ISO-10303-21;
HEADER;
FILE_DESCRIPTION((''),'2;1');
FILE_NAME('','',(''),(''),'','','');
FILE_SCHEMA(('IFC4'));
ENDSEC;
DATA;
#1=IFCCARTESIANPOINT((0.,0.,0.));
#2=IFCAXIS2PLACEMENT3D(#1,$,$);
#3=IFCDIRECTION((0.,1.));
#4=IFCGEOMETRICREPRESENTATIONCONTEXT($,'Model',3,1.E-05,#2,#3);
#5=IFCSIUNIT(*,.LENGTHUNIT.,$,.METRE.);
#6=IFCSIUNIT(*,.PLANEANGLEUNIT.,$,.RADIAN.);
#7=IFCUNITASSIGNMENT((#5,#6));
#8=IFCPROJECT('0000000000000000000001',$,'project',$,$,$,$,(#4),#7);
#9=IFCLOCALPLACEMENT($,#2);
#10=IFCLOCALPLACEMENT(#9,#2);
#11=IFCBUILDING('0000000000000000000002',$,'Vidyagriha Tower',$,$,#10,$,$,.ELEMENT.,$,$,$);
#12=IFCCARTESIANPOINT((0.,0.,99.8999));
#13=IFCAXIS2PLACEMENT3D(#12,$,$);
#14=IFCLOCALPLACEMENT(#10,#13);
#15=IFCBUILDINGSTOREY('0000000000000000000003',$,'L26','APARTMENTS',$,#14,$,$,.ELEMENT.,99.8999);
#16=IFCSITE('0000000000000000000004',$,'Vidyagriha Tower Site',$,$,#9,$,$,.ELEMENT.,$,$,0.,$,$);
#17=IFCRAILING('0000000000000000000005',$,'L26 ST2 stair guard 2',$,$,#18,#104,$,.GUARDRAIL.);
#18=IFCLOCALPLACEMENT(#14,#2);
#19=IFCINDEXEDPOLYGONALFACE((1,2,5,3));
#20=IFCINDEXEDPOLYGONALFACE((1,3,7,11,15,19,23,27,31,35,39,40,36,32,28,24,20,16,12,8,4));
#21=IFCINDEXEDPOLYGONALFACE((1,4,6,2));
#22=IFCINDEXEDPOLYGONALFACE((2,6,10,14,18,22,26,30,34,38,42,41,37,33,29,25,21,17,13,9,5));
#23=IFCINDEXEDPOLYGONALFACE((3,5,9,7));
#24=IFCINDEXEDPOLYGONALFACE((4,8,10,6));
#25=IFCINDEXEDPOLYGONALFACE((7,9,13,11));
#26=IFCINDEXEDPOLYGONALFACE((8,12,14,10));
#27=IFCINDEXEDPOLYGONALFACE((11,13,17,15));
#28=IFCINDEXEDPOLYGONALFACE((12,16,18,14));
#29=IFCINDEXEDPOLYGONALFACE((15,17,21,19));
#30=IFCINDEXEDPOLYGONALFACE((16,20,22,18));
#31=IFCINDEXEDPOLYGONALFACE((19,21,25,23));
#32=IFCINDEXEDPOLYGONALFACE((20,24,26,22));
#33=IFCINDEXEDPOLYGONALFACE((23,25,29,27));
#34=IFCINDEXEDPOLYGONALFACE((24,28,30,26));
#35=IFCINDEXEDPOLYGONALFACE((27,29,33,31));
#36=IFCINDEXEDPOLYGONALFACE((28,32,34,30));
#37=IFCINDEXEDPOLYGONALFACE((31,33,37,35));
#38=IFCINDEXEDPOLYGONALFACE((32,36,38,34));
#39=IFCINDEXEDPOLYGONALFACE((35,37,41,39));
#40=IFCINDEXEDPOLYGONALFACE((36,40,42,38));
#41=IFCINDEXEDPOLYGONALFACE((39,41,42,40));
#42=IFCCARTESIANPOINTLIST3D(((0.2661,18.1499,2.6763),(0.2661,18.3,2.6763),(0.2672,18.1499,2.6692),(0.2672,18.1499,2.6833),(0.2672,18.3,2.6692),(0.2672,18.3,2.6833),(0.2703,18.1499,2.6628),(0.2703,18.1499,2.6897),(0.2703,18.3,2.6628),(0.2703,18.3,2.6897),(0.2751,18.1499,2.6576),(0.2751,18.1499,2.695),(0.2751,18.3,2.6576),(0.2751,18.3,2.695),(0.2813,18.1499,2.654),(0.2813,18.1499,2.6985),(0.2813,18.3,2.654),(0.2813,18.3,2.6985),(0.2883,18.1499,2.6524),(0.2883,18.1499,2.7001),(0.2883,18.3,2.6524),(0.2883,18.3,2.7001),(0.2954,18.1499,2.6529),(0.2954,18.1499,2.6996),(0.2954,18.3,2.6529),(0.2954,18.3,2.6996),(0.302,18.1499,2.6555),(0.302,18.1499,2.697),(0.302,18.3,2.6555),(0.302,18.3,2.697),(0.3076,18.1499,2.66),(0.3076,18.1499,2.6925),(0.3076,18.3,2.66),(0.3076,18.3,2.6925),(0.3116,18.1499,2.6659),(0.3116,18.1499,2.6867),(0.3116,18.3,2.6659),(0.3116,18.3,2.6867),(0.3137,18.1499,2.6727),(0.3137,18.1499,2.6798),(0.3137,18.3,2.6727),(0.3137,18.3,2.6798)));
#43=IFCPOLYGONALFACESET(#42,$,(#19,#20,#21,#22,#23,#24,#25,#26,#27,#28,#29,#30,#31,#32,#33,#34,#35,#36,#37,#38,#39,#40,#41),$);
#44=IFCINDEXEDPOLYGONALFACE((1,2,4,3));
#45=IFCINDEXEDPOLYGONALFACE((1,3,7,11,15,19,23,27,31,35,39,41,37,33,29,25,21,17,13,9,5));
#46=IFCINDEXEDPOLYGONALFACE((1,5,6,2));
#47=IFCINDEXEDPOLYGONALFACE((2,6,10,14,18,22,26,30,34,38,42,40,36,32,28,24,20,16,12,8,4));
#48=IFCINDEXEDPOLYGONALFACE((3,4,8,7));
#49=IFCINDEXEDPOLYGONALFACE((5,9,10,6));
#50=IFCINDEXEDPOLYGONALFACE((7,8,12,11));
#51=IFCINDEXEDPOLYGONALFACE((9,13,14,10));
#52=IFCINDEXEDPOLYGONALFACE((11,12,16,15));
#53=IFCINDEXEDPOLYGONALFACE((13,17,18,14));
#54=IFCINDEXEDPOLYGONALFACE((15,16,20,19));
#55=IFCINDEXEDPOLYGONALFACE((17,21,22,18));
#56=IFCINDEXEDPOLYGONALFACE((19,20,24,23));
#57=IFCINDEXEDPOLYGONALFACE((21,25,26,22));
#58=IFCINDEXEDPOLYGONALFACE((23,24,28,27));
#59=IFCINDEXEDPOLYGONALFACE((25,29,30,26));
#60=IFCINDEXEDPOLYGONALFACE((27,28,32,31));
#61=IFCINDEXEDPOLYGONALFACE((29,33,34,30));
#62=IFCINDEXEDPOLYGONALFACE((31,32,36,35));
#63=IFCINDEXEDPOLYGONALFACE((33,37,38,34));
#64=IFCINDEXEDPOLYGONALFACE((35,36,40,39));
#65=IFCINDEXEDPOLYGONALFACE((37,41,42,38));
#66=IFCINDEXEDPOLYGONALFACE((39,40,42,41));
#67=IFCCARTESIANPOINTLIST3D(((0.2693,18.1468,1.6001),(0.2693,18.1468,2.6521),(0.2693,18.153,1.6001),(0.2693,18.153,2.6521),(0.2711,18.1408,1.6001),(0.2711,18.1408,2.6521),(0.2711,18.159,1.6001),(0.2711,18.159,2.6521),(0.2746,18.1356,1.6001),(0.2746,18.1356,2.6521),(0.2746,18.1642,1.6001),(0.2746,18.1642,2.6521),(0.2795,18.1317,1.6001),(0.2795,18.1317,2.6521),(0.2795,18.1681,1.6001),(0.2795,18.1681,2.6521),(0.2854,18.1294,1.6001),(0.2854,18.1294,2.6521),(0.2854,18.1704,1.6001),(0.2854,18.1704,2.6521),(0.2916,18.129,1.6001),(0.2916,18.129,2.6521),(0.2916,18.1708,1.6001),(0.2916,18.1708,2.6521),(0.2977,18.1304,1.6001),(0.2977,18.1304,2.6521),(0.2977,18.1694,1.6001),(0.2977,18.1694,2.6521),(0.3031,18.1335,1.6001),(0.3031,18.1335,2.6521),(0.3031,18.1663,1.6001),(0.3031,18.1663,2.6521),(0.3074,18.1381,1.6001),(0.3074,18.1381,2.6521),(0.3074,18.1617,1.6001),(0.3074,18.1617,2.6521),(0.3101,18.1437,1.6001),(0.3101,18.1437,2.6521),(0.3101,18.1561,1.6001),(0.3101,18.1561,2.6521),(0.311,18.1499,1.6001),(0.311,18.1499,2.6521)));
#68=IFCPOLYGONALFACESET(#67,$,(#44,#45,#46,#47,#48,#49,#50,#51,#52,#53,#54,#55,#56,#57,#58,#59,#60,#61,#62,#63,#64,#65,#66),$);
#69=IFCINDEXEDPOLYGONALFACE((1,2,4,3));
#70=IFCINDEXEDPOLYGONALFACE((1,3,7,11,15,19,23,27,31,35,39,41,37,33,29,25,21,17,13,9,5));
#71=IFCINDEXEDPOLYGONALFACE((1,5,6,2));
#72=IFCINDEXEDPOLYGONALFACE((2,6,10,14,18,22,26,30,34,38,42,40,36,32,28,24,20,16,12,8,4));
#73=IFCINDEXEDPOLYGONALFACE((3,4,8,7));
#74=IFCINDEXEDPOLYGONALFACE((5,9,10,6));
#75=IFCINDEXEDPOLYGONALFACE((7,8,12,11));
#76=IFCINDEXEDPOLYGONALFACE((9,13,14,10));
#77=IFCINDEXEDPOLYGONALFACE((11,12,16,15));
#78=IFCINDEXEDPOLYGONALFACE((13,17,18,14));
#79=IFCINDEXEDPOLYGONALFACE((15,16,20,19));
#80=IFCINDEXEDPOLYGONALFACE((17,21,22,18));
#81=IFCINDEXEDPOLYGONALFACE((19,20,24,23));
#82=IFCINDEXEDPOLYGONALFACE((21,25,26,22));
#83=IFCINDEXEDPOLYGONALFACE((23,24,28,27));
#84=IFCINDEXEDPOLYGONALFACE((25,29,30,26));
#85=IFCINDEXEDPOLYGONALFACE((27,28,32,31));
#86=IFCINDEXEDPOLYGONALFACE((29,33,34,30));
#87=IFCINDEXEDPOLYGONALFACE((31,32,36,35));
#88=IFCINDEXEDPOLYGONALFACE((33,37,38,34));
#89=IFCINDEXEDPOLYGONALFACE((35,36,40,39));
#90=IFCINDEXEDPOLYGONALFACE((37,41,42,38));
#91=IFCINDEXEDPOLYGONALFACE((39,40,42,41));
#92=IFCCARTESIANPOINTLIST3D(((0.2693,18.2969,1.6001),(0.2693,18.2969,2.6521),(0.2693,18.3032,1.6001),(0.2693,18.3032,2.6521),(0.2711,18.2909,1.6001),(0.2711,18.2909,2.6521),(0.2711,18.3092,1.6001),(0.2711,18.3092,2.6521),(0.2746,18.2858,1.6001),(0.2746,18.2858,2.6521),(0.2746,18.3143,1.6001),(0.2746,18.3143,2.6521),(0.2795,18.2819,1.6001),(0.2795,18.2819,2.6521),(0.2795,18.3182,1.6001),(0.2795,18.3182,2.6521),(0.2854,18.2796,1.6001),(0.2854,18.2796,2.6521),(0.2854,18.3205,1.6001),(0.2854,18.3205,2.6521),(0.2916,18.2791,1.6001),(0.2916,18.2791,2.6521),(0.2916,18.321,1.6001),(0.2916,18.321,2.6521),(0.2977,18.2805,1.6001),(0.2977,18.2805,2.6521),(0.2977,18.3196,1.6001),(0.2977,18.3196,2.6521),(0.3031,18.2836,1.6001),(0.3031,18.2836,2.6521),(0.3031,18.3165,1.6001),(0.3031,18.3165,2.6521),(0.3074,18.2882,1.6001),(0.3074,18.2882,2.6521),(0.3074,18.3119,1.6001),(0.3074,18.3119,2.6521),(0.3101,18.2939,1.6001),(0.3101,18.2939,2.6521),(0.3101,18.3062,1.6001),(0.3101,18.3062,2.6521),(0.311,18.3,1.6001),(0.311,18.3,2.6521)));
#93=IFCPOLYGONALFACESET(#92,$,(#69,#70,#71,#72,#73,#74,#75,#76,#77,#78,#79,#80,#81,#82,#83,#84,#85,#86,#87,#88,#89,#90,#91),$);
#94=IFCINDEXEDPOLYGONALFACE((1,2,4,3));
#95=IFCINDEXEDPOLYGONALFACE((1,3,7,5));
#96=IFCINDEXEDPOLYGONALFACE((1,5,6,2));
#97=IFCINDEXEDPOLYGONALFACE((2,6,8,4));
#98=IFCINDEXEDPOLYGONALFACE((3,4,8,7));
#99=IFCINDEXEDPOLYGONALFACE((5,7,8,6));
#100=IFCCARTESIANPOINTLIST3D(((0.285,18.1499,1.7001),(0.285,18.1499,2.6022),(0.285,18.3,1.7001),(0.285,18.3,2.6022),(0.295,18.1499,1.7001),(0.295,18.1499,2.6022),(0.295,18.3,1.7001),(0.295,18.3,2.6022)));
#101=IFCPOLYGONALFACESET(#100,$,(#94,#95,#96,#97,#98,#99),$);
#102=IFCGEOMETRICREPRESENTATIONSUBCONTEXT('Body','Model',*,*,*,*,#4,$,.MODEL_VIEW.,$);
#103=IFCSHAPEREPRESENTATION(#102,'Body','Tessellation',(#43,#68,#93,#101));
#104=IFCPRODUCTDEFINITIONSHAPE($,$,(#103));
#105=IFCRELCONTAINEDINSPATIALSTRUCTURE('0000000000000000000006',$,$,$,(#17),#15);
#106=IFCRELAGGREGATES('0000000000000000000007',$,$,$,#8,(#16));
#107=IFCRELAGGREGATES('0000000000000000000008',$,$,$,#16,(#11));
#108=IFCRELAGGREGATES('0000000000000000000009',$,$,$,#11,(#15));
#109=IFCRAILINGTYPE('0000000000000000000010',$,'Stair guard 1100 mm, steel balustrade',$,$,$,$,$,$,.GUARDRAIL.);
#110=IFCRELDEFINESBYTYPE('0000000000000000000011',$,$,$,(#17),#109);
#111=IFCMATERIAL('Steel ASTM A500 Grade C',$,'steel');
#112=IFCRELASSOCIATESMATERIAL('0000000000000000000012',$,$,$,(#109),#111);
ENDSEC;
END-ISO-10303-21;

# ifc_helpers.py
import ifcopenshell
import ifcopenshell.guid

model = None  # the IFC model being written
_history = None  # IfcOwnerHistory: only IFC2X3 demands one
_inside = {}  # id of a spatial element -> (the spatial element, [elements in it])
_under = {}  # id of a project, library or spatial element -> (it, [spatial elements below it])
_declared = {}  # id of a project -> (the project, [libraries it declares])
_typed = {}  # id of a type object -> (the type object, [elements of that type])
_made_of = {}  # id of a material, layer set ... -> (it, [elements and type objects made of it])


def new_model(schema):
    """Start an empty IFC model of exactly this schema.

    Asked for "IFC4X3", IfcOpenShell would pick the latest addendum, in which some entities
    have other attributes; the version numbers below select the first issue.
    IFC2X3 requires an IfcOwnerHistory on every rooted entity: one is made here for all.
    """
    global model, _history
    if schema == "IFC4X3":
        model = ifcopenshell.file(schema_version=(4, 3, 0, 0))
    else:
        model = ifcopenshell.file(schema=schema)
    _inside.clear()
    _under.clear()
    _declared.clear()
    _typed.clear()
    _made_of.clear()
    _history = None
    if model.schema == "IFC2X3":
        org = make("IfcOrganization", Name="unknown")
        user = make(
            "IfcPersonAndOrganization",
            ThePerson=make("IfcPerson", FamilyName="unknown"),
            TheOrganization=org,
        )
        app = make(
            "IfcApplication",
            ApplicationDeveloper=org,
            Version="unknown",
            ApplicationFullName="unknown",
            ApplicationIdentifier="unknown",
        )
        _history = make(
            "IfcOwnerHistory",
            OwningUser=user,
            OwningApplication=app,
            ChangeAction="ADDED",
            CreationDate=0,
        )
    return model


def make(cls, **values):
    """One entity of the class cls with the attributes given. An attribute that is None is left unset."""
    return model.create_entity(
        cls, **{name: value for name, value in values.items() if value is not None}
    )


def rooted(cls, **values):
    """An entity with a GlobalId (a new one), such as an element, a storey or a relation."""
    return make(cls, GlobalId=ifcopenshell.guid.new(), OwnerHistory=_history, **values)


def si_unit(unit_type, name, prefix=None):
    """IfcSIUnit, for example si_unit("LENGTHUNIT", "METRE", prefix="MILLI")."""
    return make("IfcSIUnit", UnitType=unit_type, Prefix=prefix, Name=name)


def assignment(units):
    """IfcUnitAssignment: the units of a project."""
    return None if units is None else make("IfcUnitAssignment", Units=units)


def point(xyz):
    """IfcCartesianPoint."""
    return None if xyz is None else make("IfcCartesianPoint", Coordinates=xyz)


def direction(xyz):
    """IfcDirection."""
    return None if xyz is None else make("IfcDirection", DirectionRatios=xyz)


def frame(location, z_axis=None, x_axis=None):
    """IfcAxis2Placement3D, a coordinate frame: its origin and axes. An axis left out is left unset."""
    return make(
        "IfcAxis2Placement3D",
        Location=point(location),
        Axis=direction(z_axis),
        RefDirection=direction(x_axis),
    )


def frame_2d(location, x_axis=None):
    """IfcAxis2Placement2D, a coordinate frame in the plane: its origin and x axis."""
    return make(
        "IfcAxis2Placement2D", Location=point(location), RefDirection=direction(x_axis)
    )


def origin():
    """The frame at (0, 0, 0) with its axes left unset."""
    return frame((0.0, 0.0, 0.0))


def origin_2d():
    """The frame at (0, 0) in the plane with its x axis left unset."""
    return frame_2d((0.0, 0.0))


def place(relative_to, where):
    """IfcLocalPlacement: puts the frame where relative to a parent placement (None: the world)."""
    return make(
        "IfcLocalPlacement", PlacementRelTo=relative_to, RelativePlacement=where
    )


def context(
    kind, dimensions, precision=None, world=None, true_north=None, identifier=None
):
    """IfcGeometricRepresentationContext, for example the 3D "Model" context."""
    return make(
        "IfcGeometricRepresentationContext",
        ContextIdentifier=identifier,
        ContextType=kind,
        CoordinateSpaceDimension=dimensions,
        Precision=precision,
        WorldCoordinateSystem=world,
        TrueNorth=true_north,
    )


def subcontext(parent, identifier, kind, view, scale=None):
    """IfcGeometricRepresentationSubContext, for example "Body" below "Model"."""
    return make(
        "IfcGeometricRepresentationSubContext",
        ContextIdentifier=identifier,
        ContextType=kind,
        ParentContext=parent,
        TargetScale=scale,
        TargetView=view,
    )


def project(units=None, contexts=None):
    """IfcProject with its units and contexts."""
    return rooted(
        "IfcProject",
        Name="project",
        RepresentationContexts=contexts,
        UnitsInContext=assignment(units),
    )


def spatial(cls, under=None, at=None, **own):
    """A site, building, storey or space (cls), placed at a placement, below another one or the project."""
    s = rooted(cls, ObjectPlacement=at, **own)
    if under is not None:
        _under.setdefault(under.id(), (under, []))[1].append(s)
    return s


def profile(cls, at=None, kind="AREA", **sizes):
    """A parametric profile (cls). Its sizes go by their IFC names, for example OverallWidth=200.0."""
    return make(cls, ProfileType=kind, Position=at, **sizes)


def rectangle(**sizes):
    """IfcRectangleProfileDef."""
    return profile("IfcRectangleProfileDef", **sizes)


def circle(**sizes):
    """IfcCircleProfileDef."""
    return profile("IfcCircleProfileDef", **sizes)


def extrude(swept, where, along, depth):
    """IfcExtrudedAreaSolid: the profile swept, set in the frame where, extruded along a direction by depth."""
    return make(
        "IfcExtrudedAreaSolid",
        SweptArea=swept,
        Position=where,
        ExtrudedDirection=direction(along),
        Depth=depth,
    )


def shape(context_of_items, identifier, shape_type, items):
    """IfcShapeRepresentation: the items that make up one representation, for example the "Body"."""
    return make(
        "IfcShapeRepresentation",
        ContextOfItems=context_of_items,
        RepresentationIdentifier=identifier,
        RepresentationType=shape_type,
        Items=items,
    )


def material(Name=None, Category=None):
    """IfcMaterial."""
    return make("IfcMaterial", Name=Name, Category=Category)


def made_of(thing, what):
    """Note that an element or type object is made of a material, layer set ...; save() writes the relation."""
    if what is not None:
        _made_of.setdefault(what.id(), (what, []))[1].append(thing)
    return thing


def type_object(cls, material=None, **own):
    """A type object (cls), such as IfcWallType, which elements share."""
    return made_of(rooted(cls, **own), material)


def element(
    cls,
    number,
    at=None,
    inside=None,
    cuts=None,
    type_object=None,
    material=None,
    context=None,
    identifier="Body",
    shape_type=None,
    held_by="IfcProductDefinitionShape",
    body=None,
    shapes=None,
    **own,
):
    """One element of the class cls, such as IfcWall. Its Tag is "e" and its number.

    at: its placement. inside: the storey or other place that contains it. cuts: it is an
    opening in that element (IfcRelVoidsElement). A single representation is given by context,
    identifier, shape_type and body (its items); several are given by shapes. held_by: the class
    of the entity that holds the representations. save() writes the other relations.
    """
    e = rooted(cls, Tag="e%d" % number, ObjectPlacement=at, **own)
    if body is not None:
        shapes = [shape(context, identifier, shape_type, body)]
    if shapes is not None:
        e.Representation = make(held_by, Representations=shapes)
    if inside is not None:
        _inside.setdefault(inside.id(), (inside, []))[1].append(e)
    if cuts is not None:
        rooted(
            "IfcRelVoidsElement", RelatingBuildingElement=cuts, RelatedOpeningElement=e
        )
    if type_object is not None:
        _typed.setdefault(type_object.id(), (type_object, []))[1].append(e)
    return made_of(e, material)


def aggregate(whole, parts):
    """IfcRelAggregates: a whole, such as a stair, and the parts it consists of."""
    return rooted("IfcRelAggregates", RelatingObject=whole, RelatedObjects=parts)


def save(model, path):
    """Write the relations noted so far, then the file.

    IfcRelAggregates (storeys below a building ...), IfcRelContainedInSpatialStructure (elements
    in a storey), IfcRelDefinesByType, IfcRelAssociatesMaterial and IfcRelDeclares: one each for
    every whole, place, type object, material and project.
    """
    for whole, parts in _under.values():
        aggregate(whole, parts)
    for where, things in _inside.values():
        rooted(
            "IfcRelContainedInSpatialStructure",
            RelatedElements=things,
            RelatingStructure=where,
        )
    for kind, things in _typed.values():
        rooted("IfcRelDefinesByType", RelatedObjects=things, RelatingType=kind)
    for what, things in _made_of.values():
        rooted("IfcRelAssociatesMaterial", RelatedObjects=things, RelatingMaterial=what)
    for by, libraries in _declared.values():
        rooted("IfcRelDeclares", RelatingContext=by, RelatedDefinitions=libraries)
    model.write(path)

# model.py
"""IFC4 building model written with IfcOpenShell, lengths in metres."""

from ifc_helpers import new_model, si_unit, direction, frame, origin, origin_2d, place, context, subcontext, project, spatial, rectangle, circle, extrude, material, type_object, element, save


model = new_model("IFC4")

# Units and contexts
model_context = context("Model", 3, precision=1e-05, world=origin(), true_north=direction((0.0, 1.0)))
body_context = subcontext(model_context, "Body", "Model", "MODEL_VIEW")
ifc_project = project(units=[si_unit("LENGTHUNIT", "METRE"), si_unit("PLANEANGLEUNIT", "RADIAN")], contexts=[model_context])

# Site, building, storey
site_placement = place(None, origin())
site = spatial("IfcSite", under=ifc_project, at=site_placement, Name="Vidyagriha Tower Site", CompositionType="ELEMENT", RefElevation=0.0)
building_placement = place(site_placement, origin())
building = spatial("IfcBuilding", under=site, at=building_placement, Name="Vidyagriha Tower", CompositionType="ELEMENT")
storey_placement = place(building_placement, frame((0.0, 0.0, 99.8999)))
storey = spatial("IfcBuildingStorey", under=building, at=storey_placement, Name="L26", Description="APARTMENTS", CompositionType="ELEMENT", Elevation=99.8999)

# Railing
ifc_material_1 = material(Name="Steel ASTM A500 Grade C", Category="steel")
railing_type_1 = type_object("IfcRailingType", Name="Stair guard 1100 mm, steel balustrade", PredefinedType="GUARDRAIL", material=ifc_material_1)
railing_1_placement = place(storey_placement, frame((0.29, 18.1499, 1.6001)))
element("IfcRailing", 1, at=railing_1_placement, inside=storey, type_object=railing_type_1, Name="L26 ST2 stair guard 2", PredefinedType="GUARDRAIL", context=body_context, shape_type="SweptSolid", body=[
    extrude(circle(Radius=0.0239, at=origin_2d()), frame((0.0, 0.0, 1.0762), z_axis=(0.0, 1.0, 0.0), x_axis=(-1.0, 0.0, 0.0)), (0.0, 0.0, 1.0), 0.1501),
    extrude(circle(Radius=0.021, at=origin_2d()), origin(), (0.0, 0.0, 1.0), 1.052),
    extrude(circle(Radius=0.021, at=origin_2d()), frame((0.0, 0.1501, 0.0)), (0.0, 0.0, 1.0), 1.052),
    extrude(rectangle(XDim=0.01, YDim=0.9021, at=origin_2d()), frame((0.0, 0.0, 0.551), z_axis=(0.0, 1.0, 0.0), x_axis=(-1.0, 0.0, 0.0)), (0.0, 0.0, 1.0), 0.1501),
])

save(model, "model.ifc")
